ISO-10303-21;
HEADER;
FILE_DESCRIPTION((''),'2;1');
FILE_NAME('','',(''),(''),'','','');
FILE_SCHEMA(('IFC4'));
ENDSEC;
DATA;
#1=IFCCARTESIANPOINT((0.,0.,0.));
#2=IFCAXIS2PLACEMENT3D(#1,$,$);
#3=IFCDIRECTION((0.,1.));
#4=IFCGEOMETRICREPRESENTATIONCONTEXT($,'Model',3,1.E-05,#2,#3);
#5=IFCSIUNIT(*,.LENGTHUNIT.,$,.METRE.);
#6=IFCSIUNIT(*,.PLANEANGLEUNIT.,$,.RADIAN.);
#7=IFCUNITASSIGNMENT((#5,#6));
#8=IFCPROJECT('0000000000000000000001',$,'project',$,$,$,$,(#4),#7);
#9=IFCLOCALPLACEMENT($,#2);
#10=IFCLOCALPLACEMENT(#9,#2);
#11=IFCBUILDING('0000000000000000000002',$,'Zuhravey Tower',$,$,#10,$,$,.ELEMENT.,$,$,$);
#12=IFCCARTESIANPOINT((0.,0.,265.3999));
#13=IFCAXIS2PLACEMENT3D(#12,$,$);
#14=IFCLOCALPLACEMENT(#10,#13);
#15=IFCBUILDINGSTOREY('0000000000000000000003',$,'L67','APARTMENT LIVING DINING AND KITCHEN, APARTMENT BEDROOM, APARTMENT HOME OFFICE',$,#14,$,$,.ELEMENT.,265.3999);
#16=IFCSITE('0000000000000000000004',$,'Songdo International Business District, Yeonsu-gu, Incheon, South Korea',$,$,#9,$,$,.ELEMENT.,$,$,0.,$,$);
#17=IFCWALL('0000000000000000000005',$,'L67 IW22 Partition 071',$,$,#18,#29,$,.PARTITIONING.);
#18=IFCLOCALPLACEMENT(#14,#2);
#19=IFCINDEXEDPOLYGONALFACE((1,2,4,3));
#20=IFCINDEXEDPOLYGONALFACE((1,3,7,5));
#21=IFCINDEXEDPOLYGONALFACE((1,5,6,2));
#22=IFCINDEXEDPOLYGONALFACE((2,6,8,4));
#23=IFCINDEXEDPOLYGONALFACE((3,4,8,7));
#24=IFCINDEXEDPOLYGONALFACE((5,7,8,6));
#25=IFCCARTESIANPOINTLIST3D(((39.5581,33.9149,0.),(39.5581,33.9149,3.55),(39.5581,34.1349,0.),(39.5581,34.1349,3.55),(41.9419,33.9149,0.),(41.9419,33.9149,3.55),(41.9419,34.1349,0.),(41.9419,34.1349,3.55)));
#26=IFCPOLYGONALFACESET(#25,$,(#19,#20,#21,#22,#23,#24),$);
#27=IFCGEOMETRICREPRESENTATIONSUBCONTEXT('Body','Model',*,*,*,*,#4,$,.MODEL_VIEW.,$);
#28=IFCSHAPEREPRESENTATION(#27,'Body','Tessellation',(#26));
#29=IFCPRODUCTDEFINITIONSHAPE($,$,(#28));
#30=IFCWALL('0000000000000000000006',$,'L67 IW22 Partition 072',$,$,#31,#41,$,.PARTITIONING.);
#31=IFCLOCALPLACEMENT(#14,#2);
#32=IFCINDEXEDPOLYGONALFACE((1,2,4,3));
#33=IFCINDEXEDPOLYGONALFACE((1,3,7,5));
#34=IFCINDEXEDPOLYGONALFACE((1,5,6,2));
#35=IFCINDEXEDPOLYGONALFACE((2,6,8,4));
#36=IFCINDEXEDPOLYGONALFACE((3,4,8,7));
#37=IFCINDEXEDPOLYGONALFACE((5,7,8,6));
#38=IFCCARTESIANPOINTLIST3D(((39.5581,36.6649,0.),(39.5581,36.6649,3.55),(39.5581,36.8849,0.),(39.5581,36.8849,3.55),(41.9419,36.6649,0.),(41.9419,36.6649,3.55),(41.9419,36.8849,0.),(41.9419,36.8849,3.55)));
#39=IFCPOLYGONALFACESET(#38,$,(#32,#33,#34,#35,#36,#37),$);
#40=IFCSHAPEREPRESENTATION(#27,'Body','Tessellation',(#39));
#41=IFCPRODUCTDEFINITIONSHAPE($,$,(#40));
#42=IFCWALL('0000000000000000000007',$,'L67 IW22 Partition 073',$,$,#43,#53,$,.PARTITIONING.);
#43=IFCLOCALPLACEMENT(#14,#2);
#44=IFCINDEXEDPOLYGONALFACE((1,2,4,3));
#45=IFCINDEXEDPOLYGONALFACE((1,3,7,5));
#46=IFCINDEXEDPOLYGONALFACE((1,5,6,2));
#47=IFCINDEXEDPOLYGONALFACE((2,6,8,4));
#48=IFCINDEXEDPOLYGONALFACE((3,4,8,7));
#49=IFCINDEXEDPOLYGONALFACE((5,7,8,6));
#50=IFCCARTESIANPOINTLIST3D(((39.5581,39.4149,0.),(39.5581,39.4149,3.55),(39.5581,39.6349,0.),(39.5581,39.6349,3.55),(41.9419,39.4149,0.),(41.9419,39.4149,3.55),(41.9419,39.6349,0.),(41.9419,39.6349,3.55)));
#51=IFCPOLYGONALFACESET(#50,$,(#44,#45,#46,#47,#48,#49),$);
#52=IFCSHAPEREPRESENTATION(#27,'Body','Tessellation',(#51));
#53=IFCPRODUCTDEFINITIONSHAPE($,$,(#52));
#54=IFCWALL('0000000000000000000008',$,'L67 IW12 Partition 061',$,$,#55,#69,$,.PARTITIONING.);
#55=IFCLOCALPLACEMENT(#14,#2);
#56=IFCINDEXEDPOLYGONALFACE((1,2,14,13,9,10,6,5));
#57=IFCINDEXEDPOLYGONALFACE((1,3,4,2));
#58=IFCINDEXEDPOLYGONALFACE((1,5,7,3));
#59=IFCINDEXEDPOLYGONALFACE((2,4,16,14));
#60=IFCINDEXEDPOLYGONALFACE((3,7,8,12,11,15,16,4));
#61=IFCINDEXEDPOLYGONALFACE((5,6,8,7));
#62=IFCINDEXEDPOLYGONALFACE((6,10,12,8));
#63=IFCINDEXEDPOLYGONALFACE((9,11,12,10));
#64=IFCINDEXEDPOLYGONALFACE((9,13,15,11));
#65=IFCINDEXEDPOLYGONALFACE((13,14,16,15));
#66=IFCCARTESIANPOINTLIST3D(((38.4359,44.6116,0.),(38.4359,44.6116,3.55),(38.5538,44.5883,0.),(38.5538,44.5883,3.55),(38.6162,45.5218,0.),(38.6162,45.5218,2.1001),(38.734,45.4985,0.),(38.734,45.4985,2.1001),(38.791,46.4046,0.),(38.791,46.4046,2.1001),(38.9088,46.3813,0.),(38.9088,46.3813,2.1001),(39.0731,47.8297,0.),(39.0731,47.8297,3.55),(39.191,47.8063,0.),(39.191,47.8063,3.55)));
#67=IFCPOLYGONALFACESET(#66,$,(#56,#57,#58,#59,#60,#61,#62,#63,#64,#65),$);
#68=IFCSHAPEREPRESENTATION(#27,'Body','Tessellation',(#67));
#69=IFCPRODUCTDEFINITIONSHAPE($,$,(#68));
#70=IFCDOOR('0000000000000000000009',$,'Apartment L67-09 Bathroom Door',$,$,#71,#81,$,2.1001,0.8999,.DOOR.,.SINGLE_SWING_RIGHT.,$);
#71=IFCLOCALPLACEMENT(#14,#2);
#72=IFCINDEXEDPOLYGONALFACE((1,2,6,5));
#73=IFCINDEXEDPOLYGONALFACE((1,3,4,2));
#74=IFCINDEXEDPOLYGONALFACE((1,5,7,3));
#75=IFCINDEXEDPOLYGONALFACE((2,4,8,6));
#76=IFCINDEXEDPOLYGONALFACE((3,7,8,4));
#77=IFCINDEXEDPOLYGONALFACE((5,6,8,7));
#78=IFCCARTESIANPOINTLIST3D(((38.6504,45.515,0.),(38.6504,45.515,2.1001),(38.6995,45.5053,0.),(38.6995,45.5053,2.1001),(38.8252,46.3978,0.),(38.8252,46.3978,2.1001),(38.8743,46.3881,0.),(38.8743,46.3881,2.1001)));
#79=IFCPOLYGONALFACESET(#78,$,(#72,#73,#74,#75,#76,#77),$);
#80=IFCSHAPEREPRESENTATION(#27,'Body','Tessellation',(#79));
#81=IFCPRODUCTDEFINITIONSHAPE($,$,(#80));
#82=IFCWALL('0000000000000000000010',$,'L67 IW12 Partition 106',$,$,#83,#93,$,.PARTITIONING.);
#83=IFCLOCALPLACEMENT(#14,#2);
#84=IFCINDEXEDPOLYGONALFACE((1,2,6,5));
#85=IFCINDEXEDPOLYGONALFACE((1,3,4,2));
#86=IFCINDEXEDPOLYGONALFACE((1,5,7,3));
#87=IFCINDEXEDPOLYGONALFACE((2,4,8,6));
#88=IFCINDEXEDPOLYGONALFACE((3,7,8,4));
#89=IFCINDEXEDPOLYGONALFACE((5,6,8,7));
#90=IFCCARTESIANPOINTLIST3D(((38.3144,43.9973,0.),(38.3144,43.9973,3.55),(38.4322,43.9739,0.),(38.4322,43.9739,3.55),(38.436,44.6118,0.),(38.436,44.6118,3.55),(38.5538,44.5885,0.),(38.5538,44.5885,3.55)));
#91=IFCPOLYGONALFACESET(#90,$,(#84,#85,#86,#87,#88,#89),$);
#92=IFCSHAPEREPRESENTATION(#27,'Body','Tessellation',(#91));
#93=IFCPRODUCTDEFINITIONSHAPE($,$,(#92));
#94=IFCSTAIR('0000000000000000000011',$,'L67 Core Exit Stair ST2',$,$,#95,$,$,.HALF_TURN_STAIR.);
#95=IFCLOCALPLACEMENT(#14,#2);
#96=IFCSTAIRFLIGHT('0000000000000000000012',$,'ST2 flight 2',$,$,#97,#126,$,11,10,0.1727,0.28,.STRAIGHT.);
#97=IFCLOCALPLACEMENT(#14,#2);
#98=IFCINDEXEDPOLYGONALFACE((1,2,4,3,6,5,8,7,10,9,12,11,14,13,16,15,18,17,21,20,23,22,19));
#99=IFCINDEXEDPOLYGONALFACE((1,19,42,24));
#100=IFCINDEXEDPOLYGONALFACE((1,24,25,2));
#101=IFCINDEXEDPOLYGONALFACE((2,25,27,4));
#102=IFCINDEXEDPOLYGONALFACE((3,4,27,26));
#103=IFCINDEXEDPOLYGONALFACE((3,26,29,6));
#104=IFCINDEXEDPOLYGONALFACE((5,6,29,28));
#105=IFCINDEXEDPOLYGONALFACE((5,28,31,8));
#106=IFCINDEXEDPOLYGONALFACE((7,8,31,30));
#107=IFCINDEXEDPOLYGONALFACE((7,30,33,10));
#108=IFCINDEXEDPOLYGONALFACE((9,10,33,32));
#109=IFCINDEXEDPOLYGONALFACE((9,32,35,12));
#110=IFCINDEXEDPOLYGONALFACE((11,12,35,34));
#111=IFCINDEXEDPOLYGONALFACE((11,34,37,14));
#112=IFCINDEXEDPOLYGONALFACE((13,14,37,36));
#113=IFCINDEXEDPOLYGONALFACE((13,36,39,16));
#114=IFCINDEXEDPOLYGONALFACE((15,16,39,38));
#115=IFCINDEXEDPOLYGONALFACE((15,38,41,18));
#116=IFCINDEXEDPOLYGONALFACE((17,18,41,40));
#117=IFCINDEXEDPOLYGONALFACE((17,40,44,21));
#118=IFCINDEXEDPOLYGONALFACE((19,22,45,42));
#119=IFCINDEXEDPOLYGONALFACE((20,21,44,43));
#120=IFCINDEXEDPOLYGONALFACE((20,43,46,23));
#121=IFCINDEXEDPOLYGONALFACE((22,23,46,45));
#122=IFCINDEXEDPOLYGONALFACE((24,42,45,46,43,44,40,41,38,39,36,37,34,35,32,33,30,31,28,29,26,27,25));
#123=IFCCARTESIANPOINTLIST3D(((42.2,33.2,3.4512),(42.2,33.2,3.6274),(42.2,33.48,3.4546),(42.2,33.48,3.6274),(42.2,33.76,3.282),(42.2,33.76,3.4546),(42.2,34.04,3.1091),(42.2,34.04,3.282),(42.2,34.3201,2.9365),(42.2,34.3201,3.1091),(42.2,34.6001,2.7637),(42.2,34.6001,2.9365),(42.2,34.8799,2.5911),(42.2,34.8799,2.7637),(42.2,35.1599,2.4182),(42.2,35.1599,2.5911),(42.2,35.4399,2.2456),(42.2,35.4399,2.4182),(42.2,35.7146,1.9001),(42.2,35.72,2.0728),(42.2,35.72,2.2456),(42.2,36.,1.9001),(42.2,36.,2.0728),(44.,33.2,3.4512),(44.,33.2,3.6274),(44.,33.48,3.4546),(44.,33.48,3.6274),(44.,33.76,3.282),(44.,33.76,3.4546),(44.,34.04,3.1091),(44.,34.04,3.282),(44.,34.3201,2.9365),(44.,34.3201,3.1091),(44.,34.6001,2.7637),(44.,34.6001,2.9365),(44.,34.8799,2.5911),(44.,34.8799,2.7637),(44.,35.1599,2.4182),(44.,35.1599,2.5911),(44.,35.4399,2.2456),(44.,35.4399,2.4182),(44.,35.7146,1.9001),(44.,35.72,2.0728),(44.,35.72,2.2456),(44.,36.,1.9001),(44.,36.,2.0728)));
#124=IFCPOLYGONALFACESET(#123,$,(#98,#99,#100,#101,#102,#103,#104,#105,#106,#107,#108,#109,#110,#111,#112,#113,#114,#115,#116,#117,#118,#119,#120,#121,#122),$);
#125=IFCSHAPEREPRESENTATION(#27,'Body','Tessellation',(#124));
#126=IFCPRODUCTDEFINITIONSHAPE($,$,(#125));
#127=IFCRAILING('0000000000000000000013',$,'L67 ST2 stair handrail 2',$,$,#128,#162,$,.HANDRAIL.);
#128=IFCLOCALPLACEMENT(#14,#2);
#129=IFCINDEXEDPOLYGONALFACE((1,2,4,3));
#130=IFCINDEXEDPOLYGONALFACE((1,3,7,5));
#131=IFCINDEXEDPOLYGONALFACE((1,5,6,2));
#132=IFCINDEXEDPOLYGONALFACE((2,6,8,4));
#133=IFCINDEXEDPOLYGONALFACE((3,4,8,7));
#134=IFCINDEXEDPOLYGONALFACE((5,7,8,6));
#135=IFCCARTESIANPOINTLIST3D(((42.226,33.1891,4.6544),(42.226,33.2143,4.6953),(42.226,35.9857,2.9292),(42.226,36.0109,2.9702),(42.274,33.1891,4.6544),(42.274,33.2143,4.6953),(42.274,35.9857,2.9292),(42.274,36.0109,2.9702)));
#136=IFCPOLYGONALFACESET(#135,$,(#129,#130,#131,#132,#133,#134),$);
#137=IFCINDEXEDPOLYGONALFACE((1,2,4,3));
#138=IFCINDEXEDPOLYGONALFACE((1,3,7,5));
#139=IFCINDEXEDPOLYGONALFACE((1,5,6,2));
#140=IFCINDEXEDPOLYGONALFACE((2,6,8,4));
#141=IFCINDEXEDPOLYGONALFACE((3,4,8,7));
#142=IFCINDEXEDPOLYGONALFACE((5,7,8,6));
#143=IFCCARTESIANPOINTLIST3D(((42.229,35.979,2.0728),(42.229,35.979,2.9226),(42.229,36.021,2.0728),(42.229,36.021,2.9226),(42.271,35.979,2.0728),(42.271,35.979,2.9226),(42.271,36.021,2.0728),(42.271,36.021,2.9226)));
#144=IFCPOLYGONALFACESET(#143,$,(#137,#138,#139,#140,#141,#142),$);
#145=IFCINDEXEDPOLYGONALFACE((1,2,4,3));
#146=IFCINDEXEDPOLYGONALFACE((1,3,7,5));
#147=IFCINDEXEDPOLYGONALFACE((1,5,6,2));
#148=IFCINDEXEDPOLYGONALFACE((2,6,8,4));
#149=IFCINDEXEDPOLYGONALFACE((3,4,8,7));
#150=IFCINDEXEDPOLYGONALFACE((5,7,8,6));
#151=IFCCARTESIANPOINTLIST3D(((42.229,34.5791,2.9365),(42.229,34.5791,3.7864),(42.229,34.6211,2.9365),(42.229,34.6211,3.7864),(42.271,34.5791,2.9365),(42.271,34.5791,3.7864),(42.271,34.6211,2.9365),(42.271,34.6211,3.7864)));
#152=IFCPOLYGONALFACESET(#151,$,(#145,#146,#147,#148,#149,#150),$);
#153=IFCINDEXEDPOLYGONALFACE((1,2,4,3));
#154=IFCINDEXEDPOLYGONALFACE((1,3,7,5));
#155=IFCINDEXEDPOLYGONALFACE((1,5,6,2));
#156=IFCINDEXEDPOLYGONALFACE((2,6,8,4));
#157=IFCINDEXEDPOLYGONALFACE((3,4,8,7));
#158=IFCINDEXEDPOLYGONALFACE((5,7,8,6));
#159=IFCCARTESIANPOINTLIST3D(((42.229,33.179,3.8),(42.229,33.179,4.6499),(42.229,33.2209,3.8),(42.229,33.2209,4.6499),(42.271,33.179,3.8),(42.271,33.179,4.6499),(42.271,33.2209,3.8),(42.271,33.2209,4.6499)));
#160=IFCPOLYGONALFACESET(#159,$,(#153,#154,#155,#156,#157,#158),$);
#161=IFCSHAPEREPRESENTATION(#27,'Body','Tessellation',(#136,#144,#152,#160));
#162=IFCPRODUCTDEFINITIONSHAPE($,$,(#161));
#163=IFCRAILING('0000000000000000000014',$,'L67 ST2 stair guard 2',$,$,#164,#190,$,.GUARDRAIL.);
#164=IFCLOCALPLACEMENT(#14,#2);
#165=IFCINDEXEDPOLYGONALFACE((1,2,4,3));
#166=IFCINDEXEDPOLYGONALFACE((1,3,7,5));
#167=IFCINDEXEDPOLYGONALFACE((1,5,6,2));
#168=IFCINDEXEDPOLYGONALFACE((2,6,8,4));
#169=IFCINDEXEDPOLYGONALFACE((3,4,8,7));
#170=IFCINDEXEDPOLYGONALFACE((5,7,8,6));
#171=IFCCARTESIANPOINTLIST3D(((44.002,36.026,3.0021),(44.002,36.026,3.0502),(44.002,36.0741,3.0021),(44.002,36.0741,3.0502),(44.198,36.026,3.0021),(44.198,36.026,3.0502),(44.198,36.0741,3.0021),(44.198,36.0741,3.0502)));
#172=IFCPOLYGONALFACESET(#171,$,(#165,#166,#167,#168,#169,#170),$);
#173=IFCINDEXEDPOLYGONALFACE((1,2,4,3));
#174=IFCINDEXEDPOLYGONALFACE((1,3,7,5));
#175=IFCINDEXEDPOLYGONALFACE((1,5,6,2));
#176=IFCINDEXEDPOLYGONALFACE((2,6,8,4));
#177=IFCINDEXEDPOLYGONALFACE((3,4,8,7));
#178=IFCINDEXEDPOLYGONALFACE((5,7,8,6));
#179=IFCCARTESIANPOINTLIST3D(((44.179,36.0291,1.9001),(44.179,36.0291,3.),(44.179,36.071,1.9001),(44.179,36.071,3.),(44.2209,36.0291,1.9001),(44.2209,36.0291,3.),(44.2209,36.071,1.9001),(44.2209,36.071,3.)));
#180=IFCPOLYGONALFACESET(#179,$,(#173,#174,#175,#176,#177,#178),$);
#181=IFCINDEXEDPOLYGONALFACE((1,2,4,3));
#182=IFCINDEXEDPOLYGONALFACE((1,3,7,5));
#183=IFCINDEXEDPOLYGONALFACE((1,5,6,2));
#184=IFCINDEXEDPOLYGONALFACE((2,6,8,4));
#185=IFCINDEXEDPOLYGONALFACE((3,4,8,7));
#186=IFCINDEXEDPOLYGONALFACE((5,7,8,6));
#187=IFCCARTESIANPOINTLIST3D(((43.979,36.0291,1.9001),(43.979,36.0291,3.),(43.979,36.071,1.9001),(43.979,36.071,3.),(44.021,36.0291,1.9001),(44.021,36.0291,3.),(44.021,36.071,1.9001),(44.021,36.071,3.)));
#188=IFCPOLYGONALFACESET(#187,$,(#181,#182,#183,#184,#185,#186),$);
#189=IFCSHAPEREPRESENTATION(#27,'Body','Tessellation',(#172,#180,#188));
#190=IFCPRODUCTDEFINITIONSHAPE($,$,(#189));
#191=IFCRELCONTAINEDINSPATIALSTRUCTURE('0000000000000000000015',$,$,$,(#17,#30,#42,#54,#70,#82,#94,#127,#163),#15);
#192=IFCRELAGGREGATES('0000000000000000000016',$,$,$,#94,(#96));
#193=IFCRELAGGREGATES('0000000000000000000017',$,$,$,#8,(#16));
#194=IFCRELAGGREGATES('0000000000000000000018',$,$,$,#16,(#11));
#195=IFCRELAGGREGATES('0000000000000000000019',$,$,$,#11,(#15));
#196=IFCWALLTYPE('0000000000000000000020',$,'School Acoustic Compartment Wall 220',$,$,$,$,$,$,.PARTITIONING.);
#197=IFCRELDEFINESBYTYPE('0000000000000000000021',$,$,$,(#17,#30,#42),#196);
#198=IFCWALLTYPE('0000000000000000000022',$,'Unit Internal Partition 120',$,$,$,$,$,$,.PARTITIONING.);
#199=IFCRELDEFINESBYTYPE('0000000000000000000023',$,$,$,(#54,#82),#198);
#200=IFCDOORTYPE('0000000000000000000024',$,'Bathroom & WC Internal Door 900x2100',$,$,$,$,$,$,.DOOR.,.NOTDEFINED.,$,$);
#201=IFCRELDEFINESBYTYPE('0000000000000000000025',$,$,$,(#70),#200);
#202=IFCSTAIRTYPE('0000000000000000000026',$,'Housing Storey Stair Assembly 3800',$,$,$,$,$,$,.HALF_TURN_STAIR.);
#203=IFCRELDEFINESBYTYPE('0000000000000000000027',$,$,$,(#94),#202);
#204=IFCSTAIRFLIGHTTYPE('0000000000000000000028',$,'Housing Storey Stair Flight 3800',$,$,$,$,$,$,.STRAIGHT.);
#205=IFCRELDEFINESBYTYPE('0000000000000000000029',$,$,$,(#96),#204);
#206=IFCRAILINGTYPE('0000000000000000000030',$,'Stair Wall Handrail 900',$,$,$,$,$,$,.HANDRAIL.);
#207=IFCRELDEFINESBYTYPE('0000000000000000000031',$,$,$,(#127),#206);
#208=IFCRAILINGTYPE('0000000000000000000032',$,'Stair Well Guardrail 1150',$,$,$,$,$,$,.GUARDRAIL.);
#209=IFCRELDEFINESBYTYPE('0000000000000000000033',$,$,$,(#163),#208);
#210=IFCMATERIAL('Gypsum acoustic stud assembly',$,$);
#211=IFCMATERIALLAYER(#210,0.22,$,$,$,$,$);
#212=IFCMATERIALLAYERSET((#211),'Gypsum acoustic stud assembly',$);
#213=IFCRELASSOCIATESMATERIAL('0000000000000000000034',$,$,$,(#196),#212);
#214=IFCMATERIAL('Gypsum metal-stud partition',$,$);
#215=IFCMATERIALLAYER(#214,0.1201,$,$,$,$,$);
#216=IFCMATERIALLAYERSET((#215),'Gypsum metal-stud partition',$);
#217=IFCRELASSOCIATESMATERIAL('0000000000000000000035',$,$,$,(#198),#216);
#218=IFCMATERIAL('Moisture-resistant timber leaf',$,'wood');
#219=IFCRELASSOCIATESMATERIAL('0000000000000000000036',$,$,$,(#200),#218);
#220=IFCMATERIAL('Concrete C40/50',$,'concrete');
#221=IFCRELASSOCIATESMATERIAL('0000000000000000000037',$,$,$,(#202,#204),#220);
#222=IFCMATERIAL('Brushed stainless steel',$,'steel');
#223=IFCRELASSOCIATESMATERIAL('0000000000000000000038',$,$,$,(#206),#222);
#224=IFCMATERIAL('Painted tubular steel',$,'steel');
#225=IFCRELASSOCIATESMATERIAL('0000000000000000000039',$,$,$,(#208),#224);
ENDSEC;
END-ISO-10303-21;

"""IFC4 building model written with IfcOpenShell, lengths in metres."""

from ifc_helpers import new_model, si_unit, direction, frame, frame_2d, origin, origin_2d, place, context, subcontext, project, spatial, polyline, rectangle, outline, extrude, material, layer, layer_set, type_object, element, fill, aggregate, save


model = new_model("IFC4")

# Units and contexts
model_context = context("Model", 3, precision=1e-05, world=origin(), true_north=direction((0.0, 1.0)))
body_context = subcontext(model_context, "Body", "Model", "MODEL_VIEW")
ifc_project = project(units=[si_unit("LENGTHUNIT", "METRE"), si_unit("PLANEANGLEUNIT", "RADIAN")], contexts=[model_context])

# Site, building, storey
site_placement = place(None, origin())
site = spatial("IfcSite", under=ifc_project, at=site_placement, Name="Songdo International Business District, Yeonsu-gu, Incheon, South Korea", CompositionType="ELEMENT", RefElevation=0.0)
building_placement = place(site_placement, origin())
building = spatial("IfcBuilding", under=site, at=building_placement, Name="Zuhravey Tower", CompositionType="ELEMENT")
storey_placement = place(building_placement, frame((0.0, 0.0, 265.3999)))
storey = spatial("IfcBuildingStorey", under=building, at=storey_placement, Name="L67", Description="APARTMENT LIVING DINING AND KITCHEN, APARTMENT BEDROOM, APARTMENT HOME OFFICE", CompositionType="ELEMENT", Elevation=265.3999)

# Walls
ifc_material_1 = material(Name="Gypsum acoustic stud assembly")
ifc_layer_1 = layer(ifc_material_1, 0.22)
ifc_layer_set_1 = layer_set([ifc_layer_1], Name="Gypsum acoustic stud assembly")
wall_type_1 = type_object("IfcWallType", Name="School Acoustic Compartment Wall 220", PredefinedType="PARTITIONING", material=ifc_layer_set_1)
for number, where, z_axis, x_axis, name in (
    (1, (39.5581, 34.0249, 0.0), (0.0, 0.0, 1.0), (1.0, 0.0, 0.0), "L67 IW22 Partition 071"),
    (2, (39.5581, 36.7749, 0.0), (0.0, 0.0, 1.0), (1.0, 0.0, 0.0), "L67 IW22 Partition 072"),
    (3, (39.5581, 39.5249, 0.0), (0.0, 0.0, 1.0), (1.0, 0.0, 0.0), "L67 IW22 Partition 073"),
):
    element("IfcWall", number, at=place(storey_placement, frame(where, z_axis=z_axis, x_axis=x_axis)), inside=storey, type_object=wall_type_1, Name=name, PredefinedType="PARTITIONING", context=body_context, shape_type="SweptSolid", body=[
        extrude(rectangle(XDim=2.3838, YDim=0.22, at=frame_2d((1.1919, 0.0))), origin(), (0.0, 0.0, 1.0), 3.55),
    ])

# Wall, opening, door
ifc_material_2 = material(Name="Gypsum metal-stud partition")
ifc_layer_2 = layer(ifc_material_2, 0.1201)
ifc_layer_set_2 = layer_set([ifc_layer_2], Name="Gypsum metal-stud partition")
wall_type_2 = type_object("IfcWallType", Name="Unit Internal Partition 120", PredefinedType="PARTITIONING", material=ifc_layer_set_2)
wall_1_placement = place(storey_placement, frame((38.4949, 44.6001, 0.0), z_axis=(0.0, 0.0, 1.0), x_axis=(0.194241, 0.980954, 0.0)))
wall_1 = element("IfcWall", 4, at=wall_1_placement, inside=storey, type_object=wall_type_2, Name="L67 IW12 Partition 061", PredefinedType="PARTITIONING", context=body_context, shape_type="SweptSolid", body=[
    extrude(rectangle(XDim=3.2805, YDim=0.1201, at=frame_2d((1.6401, 0.0))), origin(), (0.0, 0.0, 1.0), 3.55),
])
opening_1_placement = place(wall_1_placement, frame((0.9277, 0.0, 0.0)))
opening_1 = element("IfcOpeningElement", 5, at=opening_1_placement, cuts=wall_1, PredefinedType="OPENING", context=body_context, shape_type="SweptSolid", body=[
    extrude(rectangle(XDim=0.8999, YDim=2.1001, at=frame_2d((0.45, 1.05))), frame((0.0, 0.072, 0.0), z_axis=(0.0, -1.0, 0.0), x_axis=(1.0, 0.0, 0.0)), (0.0, 0.0, 1.0), 0.144),
])
ifc_material_3 = material(Name="Moisture-resistant timber leaf", Category="wood")
door_type_1 = type_object("IfcDoorType", Name="Bathroom & WC Internal Door 900x2100", OperationType="NOTDEFINED", PredefinedType="DOOR", material=ifc_material_3)
door_1_placement = place(opening_1_placement, frame((0.8999, 0.0, 0.0), z_axis=(0.0, 0.0, 1.0), x_axis=(-1.0, 0.0, 0.0)))
door_1 = element("IfcDoor", 6, at=door_1_placement, inside=storey, type_object=door_type_1, Name="Apartment L67-09 Bathroom Door", OperationType="SINGLE_SWING_RIGHT", OverallHeight=2.1001, OverallWidth=0.8999, PredefinedType="DOOR", context=body_context, shape_type="SweptSolid", body=[
    extrude(rectangle(XDim=0.8999, YDim=2.1001, at=frame_2d((0.45, 1.05))), frame((0.0, 0.0249, 0.0), z_axis=(0.0, -1.0, 0.0), x_axis=(1.0, 0.0, 0.0)), (0.0, 0.0, 1.0), 0.05),
])
fill(opening_1, door_1)

# Wall
wall_2_placement = place(storey_placement, frame((38.3733, 43.9856, 0.0), z_axis=(0.0, 0.0, 1.0), x_axis=(0.194092, 0.980983, 0.0)))
element("IfcWall", 7, at=wall_2_placement, inside=storey, type_object=wall_type_2, Name="L67 IW12 Partition 106", PredefinedType="PARTITIONING", context=body_context, shape_type="SweptSolid", body=[
    extrude(rectangle(XDim=0.6265, YDim=0.1201, at=frame_2d((0.3132, 0.0))), origin(), (0.0, 0.0, 1.0), 3.55),
])

# Stair, stair flight
ifc_material_4 = material(Name="Concrete C40/50", Category="concrete")
stair_type = type_object("IfcStairType", Name="Housing Storey Stair Assembly 3800", PredefinedType="HALF_TURN_STAIR", material=ifc_material_4)
stair_placement = place(storey_placement, origin())
stair = element("IfcStair", 8, at=stair_placement, inside=storey, type_object=stair_type, Name="L67 Core Exit Stair ST2", PredefinedType="HALF_TURN_STAIR")
stair_flight_type = type_object("IfcStairFlightType", Name="Housing Storey Stair Flight 3800", PredefinedType="STRAIGHT", material=ifc_material_4)
stair_flight_placement = place(storey_placement, frame((43.1001, 36.0, 1.9001), z_axis=(0.0, 0.0, 1.0), x_axis=(0.0, -1.0, 0.0)))
stair_flight = element("IfcStairFlight", 9, at=stair_flight_placement, type_object=stair_flight_type, Name="ST2 flight 2", NumberOfRisers=11, NumberOfTreads=10, PredefinedType="STRAIGHT", RiserHeight=0.1727, TreadLength=0.28, context=body_context, shape_type="SweptSolid", body=[
    extrude(outline(polyline([(0.0, 0.0), (0.0, 0.1726), (0.28, 0.1726), (0.28, 0.3455), (0.5601, 0.3455), (0.5601, 0.5181), (0.8401, 0.5181), (0.8401, 0.6909), (1.1201, 0.6909), (1.1201, 0.8635), (1.3999, 0.8635), (1.3999, 1.0364), (1.6799, 1.0364), (1.6799, 1.209), (1.96, 1.209), (1.96, 1.3818), (2.24, 1.3818), (2.24, 1.5544), (2.52, 1.5544), (2.52, 1.7273), (2.8, 1.7273), (2.8, 1.8999), (2.8, 1.551), (0.2854, 0.0), (0.0, 0.0)])), frame((0.0, 0.8999, 0.0), z_axis=(0.0, -1.0, 0.0), x_axis=(1.0, 0.0, 0.0)), (0.0, 0.0, 1.0), 1.8),
])
aggregate(stair, [stair_flight])

# Railings
ifc_material_5 = material(Name="Brushed stainless steel", Category="steel")
railing_type_1 = type_object("IfcRailingType", Name="Stair Wall Handrail 900", PredefinedType="HANDRAIL", material=ifc_material_5)
railing_1_placement = place(storey_placement, frame((42.25, 36.0, 2.0728)))
element("IfcRailing", 10, at=railing_1_placement, inside=storey, type_object=railing_type_1, Name="L67 ST2 stair handrail 2", PredefinedType="HANDRAIL", context=body_context, shape_type="SweptSolid", body=[
    extrude(rectangle(XDim=0.0481, YDim=0.0481, at=origin_2d()), frame((0.0, -0.0017, 0.877), z_axis=(0.0, -0.85109, 0.52502), x_axis=(1.0, 0.0, 0.0)), (0.0, 0.0, 1.0), 3.2859),
    extrude(rectangle(XDim=0.042, YDim=0.042, at=origin_2d()), origin(), (0.0, 0.0, 1.0), 0.8499),
    extrude(rectangle(XDim=0.042, YDim=0.042, at=origin_2d()), frame((0.0, -1.3999, 0.8638)), (0.0, 0.0, 1.0), 0.8499),
    extrude(rectangle(XDim=0.042, YDim=0.042, at=origin_2d()), frame((0.0, -2.8, 1.7273)), (0.0, 0.0, 1.0), 0.8499),
])
ifc_material_6 = material(Name="Painted tubular steel", Category="steel")
railing_type_2 = type_object("IfcRailingType", Name="Stair Well Guardrail 1150", PredefinedType="GUARDRAIL", material=ifc_material_6)
railing_2_placement = place(storey_placement, frame((44.2, 36.05, 1.9001)))
element("IfcRailing", 11, at=railing_2_placement, inside=storey, type_object=railing_type_2, Name="L67 ST2 stair guard 2", PredefinedType="GUARDRAIL", context=body_context, shape_type="SweptSolid", body=[
    extrude(rectangle(XDim=0.0481, YDim=0.0481, at=origin_2d()), frame((-0.002, 0.0, 1.126), z_axis=(-1.0, 0.0, 0.0), x_axis=(0.0, -1.0, 0.0)), (0.0, 0.0, 1.0), 0.196),
    extrude(rectangle(XDim=0.042, YDim=0.042, at=origin_2d()), origin(), (0.0, 0.0, 1.0), 1.0999),
    extrude(rectangle(XDim=0.042, YDim=0.042, at=origin_2d()), frame((-0.2, 0.0, 0.0)), (0.0, 0.0, 1.0), 1.0999),
])

save(model, "model.ifc")
